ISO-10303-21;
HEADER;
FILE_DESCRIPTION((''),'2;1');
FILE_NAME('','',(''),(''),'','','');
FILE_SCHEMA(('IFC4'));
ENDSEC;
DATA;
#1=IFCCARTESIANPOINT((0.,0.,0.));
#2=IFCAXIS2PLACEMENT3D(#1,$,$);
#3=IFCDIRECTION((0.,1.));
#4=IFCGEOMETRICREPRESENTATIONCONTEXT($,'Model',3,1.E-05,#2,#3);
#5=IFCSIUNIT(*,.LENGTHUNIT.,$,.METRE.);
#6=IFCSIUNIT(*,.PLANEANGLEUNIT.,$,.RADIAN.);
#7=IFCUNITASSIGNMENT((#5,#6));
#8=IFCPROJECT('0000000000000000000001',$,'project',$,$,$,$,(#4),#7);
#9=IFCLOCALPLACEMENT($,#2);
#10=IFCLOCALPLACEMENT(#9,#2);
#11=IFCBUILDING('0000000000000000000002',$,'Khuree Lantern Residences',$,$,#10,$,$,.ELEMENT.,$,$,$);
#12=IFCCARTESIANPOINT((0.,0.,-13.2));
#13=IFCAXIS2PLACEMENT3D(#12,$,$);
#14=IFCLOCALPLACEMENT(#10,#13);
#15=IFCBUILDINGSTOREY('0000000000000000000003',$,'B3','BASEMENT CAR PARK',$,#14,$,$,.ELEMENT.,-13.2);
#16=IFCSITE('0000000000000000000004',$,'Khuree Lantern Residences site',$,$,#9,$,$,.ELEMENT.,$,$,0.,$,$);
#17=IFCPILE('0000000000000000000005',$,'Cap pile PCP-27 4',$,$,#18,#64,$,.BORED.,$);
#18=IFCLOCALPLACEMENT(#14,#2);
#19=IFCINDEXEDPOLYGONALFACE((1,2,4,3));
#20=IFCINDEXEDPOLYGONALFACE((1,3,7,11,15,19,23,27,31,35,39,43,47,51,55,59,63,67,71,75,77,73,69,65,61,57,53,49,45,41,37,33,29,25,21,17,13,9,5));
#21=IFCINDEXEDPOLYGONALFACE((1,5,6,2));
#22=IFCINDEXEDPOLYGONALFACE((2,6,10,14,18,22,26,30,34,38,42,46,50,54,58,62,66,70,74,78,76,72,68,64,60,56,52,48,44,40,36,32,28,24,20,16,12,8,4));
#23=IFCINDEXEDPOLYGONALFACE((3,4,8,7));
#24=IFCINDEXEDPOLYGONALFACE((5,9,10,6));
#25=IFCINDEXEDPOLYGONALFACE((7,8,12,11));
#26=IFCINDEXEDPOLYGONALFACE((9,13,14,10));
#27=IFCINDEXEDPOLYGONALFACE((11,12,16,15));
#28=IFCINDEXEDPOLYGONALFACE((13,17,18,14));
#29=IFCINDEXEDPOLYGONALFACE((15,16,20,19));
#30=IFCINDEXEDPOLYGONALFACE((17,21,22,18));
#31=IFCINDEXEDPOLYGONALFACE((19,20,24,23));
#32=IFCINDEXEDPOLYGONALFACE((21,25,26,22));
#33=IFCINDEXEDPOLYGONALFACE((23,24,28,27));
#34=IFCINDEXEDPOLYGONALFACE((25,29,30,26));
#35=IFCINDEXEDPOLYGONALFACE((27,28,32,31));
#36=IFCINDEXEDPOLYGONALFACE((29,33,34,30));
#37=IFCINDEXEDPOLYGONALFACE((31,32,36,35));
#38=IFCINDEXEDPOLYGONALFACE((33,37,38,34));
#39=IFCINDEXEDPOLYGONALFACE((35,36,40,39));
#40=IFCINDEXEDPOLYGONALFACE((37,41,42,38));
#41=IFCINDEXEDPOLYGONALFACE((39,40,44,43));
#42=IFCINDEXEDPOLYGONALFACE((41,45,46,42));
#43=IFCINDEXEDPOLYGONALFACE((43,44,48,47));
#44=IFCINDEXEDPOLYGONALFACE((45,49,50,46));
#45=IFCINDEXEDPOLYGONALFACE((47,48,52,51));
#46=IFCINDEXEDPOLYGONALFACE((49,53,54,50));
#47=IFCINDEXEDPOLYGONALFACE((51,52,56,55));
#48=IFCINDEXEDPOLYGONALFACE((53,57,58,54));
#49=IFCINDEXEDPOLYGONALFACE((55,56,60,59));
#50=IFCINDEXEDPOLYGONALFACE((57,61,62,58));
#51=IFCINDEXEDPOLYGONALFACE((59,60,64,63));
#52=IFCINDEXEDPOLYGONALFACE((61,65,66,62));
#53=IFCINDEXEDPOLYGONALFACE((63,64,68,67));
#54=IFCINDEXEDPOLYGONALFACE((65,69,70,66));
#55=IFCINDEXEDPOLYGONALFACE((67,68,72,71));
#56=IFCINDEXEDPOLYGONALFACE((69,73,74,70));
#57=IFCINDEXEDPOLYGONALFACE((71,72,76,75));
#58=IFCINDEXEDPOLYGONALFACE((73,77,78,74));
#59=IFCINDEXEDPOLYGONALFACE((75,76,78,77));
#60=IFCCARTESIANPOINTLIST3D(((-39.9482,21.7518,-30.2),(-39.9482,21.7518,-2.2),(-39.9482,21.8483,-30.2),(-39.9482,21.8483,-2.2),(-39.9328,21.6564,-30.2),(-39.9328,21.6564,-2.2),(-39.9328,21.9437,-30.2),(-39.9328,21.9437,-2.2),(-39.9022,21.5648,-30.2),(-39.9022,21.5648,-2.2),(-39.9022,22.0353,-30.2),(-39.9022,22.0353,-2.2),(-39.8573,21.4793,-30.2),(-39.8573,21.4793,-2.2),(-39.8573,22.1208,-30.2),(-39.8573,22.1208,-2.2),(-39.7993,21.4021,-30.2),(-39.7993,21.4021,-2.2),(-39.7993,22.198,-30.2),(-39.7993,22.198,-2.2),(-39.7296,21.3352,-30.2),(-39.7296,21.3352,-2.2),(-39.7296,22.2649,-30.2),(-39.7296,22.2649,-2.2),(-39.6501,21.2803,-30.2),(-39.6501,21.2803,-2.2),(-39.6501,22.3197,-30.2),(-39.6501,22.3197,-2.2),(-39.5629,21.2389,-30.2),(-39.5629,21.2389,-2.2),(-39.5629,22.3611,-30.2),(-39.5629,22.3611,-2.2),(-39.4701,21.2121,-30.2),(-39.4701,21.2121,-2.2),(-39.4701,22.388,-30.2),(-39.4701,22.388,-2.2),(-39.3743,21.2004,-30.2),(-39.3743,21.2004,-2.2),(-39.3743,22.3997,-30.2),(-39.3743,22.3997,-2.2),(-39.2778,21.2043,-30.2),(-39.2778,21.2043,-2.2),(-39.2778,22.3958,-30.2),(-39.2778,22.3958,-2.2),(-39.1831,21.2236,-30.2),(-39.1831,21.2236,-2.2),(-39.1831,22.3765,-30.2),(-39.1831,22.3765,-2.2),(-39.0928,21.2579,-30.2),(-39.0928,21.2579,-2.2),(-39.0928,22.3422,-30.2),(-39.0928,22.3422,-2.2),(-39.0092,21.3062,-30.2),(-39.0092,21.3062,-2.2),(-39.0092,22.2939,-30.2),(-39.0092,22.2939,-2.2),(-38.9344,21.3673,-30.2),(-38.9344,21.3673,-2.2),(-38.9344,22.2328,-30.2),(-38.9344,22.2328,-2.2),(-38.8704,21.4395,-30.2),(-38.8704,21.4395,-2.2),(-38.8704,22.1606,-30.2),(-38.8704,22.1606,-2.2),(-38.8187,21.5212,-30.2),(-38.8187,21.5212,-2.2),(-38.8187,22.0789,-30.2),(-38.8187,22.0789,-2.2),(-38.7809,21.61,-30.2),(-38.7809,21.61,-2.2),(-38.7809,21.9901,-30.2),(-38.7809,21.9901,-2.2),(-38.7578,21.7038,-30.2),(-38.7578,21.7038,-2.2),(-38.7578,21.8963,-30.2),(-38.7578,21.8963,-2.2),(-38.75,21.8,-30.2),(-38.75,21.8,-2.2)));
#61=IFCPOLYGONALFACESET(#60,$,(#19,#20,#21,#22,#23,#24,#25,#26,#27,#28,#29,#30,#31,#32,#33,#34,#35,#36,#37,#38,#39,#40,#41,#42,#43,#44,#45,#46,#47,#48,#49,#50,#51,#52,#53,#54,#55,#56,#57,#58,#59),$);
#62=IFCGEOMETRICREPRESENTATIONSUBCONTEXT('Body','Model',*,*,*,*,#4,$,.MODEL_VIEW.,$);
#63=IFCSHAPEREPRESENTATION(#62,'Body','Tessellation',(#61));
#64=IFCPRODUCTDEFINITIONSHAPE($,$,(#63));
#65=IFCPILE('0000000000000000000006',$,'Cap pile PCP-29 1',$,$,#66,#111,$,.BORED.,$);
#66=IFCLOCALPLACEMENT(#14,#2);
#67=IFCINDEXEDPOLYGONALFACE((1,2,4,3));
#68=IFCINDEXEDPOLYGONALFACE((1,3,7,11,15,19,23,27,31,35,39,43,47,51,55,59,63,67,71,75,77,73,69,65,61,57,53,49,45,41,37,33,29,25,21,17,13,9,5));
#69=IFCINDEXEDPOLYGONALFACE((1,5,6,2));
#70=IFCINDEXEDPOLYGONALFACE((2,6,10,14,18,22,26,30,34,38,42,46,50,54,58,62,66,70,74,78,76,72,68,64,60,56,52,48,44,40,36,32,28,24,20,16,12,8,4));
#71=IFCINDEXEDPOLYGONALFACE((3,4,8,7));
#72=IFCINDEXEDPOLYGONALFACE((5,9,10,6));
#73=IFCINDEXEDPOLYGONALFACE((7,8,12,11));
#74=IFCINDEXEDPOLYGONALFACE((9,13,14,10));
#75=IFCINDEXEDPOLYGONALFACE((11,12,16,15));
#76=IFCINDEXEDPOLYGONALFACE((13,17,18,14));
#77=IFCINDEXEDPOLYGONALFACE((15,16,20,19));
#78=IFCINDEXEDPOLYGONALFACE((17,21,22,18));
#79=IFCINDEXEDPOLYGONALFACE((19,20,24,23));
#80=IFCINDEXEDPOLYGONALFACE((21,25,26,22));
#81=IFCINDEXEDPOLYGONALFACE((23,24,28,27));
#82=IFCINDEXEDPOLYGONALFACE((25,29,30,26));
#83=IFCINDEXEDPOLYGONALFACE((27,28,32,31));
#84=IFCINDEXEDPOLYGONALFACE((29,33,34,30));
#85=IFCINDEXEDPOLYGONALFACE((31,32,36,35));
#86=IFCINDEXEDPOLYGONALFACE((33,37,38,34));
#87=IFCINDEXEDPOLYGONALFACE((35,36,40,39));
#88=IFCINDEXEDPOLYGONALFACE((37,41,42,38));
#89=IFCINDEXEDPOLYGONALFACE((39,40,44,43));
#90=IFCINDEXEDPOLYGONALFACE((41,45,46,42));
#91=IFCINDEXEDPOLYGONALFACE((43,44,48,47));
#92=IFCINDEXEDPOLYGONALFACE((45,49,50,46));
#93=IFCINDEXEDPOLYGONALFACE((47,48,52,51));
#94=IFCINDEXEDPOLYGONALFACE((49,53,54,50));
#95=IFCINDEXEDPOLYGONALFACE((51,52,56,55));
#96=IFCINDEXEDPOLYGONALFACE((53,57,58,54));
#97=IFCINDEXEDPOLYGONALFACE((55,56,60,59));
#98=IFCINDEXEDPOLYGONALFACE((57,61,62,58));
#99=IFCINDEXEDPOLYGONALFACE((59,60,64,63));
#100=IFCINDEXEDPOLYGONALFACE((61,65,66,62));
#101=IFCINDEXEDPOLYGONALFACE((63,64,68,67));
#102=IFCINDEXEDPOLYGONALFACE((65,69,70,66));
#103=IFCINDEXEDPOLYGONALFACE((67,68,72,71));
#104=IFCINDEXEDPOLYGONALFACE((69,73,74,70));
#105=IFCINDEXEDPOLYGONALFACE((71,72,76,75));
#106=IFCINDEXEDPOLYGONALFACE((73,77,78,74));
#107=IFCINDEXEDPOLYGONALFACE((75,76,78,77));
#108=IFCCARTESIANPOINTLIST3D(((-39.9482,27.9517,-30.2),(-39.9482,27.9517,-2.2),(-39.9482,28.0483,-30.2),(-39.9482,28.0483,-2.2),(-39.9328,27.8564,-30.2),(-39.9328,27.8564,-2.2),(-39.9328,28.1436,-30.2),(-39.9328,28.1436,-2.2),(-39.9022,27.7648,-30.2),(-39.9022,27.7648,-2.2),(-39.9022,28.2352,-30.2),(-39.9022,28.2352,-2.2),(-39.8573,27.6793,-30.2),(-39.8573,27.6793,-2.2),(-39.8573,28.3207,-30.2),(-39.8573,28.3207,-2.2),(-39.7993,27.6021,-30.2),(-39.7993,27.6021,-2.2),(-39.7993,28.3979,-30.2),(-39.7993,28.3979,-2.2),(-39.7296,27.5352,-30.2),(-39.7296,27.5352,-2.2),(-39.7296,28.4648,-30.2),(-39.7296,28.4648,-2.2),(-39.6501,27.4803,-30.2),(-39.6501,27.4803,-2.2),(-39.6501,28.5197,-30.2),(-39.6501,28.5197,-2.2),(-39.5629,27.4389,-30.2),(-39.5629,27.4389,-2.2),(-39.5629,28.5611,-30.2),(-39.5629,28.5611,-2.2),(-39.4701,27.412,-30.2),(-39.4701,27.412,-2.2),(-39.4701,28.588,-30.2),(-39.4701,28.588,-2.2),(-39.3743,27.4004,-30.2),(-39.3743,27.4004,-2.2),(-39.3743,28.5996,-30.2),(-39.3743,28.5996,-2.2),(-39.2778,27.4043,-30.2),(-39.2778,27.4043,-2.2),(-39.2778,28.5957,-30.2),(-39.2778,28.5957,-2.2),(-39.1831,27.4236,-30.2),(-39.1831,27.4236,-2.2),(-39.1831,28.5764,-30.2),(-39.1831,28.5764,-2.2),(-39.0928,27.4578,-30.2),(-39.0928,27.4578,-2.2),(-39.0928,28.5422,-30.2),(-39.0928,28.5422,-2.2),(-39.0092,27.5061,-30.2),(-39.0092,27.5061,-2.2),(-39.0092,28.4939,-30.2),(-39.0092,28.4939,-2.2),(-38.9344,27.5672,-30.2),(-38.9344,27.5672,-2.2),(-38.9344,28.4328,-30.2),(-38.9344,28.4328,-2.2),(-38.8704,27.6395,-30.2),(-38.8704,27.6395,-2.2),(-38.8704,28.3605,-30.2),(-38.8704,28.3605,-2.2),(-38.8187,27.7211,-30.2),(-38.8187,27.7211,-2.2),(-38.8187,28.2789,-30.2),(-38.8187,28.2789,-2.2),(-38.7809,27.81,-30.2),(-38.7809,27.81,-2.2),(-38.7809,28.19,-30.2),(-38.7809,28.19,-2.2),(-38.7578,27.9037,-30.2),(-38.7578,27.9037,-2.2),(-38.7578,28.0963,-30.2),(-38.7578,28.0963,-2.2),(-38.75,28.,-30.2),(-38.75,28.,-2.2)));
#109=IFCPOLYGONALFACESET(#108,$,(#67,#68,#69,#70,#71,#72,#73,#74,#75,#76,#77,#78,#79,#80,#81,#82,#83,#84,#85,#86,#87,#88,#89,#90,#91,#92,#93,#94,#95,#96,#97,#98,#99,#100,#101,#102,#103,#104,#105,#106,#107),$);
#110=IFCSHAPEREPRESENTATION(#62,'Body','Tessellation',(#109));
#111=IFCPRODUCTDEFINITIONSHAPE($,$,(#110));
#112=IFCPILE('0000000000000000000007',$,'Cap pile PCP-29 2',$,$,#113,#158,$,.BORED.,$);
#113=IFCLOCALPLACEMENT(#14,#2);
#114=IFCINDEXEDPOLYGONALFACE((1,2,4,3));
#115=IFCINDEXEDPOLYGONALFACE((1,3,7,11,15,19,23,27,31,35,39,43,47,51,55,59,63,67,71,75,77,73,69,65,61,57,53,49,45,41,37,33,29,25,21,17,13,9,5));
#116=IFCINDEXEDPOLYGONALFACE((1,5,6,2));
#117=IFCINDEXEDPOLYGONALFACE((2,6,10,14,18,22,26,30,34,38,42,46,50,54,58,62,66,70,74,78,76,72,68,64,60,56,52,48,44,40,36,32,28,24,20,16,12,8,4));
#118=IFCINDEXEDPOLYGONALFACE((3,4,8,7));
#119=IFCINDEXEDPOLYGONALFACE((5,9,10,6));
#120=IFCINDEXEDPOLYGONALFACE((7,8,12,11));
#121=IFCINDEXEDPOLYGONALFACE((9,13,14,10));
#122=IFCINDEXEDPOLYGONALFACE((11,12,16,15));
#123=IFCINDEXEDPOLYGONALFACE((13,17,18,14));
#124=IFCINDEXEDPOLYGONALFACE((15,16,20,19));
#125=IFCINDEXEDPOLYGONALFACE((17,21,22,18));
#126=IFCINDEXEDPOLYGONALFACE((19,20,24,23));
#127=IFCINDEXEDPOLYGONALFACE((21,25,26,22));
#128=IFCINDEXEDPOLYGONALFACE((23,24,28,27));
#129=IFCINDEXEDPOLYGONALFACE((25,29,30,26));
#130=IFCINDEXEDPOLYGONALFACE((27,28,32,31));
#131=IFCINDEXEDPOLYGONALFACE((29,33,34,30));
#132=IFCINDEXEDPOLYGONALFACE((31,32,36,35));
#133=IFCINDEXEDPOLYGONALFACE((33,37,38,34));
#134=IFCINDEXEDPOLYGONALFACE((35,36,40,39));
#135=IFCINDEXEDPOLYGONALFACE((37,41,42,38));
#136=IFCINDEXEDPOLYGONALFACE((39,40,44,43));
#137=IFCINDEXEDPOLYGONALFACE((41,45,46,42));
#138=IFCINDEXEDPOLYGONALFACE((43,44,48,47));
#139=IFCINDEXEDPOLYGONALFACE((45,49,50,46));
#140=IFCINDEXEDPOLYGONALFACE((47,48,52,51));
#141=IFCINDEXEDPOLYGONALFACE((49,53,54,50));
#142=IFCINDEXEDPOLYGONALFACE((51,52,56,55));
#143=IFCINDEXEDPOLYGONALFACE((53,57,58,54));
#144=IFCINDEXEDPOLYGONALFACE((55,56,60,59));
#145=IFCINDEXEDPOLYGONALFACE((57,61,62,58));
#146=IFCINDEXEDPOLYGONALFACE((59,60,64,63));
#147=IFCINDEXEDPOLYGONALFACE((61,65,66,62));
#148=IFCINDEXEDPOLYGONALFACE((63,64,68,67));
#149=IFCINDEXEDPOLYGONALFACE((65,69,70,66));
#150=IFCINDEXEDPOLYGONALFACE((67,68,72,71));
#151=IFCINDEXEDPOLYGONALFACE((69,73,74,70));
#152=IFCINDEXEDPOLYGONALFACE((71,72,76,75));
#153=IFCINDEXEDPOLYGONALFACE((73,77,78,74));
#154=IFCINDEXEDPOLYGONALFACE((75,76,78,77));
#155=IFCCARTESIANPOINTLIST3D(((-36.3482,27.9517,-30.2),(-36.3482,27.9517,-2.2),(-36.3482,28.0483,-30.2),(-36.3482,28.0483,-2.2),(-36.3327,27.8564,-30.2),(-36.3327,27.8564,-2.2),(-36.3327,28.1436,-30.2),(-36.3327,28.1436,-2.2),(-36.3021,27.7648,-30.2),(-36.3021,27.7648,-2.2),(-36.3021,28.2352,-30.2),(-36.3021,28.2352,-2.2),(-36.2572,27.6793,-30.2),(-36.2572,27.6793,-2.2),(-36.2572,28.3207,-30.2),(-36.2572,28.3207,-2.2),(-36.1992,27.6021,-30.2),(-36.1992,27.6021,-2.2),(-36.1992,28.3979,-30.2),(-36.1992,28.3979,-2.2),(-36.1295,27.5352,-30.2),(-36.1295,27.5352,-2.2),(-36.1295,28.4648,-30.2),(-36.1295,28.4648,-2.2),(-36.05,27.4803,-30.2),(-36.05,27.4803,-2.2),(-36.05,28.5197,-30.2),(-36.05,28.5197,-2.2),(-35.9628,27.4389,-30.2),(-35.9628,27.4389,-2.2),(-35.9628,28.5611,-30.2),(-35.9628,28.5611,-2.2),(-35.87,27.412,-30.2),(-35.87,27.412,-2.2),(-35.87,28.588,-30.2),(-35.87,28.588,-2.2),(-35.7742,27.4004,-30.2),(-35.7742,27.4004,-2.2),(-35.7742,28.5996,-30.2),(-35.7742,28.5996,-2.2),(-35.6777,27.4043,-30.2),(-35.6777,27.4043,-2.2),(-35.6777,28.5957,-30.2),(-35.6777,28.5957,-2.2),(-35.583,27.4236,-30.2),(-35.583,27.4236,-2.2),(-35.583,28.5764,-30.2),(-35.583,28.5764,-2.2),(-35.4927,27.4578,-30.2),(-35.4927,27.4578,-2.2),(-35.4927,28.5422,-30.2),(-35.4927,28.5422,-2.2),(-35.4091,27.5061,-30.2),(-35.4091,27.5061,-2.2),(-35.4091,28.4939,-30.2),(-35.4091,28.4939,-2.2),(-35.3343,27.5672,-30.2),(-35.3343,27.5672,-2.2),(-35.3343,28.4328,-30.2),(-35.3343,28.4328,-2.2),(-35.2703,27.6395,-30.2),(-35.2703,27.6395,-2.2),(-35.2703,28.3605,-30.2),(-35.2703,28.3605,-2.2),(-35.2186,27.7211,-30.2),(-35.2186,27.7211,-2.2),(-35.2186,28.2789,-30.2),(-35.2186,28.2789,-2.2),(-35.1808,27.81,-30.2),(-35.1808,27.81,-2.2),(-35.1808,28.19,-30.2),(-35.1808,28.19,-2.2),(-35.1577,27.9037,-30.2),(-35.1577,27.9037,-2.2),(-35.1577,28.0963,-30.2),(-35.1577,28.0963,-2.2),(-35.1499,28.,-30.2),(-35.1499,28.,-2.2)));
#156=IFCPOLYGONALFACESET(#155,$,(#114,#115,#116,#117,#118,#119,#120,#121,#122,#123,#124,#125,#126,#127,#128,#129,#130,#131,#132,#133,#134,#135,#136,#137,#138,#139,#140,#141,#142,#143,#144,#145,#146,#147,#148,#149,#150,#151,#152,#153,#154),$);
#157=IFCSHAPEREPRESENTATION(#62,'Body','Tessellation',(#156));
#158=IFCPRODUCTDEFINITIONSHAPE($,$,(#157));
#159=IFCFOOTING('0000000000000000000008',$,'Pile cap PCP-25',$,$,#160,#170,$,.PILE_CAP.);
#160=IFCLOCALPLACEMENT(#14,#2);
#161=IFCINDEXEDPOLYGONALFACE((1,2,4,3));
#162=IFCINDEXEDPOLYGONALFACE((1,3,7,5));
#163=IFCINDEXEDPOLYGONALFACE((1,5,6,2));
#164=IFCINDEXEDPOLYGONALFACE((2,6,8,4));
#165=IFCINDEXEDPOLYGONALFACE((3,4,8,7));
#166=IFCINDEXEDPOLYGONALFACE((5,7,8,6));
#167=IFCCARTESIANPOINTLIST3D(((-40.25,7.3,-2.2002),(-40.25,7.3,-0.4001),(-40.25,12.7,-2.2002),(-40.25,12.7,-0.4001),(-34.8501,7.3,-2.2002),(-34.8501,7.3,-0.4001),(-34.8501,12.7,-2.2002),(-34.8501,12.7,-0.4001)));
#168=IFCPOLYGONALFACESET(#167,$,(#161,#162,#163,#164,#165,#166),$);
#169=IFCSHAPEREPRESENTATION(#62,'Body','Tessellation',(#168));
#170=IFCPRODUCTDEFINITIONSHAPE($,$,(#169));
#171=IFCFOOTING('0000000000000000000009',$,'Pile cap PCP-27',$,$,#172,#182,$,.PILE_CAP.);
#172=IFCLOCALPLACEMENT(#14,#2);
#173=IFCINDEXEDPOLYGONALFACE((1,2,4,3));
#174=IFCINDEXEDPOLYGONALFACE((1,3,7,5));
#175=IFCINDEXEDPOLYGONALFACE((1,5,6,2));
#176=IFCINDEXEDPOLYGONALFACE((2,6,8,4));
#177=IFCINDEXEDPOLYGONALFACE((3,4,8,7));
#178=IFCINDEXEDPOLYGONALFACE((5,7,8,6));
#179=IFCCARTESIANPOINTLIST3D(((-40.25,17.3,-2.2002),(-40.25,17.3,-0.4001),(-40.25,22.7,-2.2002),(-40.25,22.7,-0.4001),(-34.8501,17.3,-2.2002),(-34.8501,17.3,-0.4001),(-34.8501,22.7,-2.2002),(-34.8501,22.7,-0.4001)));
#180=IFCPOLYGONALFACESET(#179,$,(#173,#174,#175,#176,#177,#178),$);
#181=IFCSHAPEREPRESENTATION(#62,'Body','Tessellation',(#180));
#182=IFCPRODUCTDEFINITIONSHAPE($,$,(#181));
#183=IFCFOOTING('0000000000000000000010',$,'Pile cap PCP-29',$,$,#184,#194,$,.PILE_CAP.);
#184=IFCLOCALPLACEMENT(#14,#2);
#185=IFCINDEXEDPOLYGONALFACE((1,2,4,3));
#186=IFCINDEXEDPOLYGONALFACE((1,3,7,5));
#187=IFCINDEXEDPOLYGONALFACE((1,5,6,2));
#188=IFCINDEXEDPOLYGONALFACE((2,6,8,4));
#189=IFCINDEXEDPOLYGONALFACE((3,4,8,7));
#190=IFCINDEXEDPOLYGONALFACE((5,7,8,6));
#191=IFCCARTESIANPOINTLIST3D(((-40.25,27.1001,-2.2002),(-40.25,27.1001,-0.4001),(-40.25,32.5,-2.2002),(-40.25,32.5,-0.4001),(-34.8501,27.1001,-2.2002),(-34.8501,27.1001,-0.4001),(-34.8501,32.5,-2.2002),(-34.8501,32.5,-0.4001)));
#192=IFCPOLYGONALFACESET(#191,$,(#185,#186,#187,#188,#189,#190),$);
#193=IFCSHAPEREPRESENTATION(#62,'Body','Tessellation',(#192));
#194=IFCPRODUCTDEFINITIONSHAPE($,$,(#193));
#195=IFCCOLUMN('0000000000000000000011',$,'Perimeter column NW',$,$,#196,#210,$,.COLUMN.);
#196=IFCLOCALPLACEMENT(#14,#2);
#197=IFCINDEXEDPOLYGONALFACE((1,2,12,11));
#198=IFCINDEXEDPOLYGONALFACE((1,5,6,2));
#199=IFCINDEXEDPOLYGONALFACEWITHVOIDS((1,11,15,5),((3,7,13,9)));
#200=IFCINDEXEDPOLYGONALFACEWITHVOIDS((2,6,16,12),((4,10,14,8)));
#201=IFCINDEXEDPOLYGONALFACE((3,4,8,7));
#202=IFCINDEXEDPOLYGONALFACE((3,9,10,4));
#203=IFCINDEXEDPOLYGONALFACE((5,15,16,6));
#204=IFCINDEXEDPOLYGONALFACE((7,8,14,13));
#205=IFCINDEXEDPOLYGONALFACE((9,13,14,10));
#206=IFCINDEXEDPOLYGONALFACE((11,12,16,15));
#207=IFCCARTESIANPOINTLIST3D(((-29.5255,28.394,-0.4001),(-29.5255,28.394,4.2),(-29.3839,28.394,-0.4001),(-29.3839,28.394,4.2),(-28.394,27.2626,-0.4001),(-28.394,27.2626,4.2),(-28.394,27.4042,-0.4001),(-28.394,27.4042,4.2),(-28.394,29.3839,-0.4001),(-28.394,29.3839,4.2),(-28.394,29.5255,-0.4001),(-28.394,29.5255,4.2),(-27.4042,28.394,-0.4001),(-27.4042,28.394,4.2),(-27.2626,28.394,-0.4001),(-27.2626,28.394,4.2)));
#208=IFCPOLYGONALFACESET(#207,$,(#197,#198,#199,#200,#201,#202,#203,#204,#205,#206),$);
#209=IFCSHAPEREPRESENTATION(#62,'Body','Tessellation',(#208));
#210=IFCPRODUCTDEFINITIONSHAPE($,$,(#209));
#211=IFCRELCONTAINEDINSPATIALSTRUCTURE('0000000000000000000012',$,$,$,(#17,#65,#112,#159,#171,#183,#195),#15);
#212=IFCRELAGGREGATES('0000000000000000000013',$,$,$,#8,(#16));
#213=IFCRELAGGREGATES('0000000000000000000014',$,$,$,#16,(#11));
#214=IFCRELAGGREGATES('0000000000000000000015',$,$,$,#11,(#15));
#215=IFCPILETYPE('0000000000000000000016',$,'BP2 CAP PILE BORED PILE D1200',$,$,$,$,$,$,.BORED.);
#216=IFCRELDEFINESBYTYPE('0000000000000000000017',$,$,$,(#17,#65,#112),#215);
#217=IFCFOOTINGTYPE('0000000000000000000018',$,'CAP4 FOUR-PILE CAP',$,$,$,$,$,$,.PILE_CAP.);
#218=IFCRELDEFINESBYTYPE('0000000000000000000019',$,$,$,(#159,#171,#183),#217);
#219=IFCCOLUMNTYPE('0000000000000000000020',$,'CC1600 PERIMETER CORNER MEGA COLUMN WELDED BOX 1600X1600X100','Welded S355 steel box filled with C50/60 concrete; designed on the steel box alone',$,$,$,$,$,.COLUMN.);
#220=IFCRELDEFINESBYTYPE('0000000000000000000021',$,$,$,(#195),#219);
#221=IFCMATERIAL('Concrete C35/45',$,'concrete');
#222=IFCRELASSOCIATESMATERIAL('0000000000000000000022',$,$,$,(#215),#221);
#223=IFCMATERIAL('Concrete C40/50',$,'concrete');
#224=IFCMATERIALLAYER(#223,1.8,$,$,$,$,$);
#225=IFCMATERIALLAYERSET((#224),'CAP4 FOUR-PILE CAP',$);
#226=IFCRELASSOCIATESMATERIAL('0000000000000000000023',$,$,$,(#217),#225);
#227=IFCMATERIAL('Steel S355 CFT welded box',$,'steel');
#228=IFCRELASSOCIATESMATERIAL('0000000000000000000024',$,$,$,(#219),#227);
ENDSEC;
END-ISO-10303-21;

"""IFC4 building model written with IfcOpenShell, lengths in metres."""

from ifc_helpers import new_model, si_unit, direction, frame, origin, origin_2d, place, context, subcontext, project, spatial, rectangle, hollow_rectangle, circle, extrude, material, layer, layer_set, material_profile, profile_set, type_object, element, save


model = new_model("IFC4")

# Units and contexts
model_context = context("Model", 3, precision=1e-05, world=origin(), true_north=direction((0.0, 1.0)))
body_context = subcontext(model_context, "Body", "Model", "MODEL_VIEW")
ifc_project = project(units=[si_unit("LENGTHUNIT", "METRE"), si_unit("PLANEANGLEUNIT", "RADIAN")], contexts=[model_context])

# Site, building, storey
site_placement = place(None, origin())
site = spatial("IfcSite", under=ifc_project, at=site_placement, Name="Khuree Lantern Residences site", CompositionType="ELEMENT", RefElevation=0.0)
building_placement = place(site_placement, origin())
building = spatial("IfcBuilding", under=site, at=building_placement, Name="Khuree Lantern Residences", CompositionType="ELEMENT")
storey_placement = place(building_placement, frame((0.0, 0.0, -13.2)))
storey = spatial("IfcBuildingStorey", under=building, at=storey_placement, Name="B3", Description="BASEMENT CAR PARK", CompositionType="ELEMENT", Elevation=-13.2)

# Piles
ifc_material_1 = material(Name="Concrete C35/45", Category="concrete")
ifc_material_profile_1 = material_profile(ifc_material_1, circle(Radius=0.6001, at=origin_2d()), Name="BORED PILE D1200")
ifc_profile_set_1 = profile_set([ifc_material_profile_1], Name="Concrete C35/45")
pile_type_1 = type_object("IfcPileType", Name="BP2 CAP PILE BORED PILE D1200", PredefinedType="BORED", material=ifc_profile_set_1)
for number, where, z_axis, x_axis, name in (
    (1, (-39.3501, 21.8, -2.2), (0.0, 0.0, -1.0), (1.0, 0.0, 0.0), "Cap pile PCP-27 4"),
    (2, (-39.3501, 28.0, -2.2), (0.0, 0.0, -1.0), (1.0, 0.0, 0.0), "Cap pile PCP-29 1"),
    (3, (-35.75, 28.0, -2.2), (0.0, 0.0, -1.0), (1.0, 0.0, 0.0), "Cap pile PCP-29 2"),
):
    element("IfcPile", number, at=place(storey_placement, frame(where, z_axis=z_axis, x_axis=x_axis)), inside=storey, type_object=pile_type_1, Name=name, PredefinedType="BORED", context=body_context, shape_type="SweptSolid", body=[
        extrude(circle(Radius=0.6001, at=origin_2d()), origin(), (0.0, 0.0, 1.0), 28.0),
    ])

# Footings
ifc_material_2 = material(Name="Concrete C40/50", Category="concrete")
ifc_layer_1 = layer(ifc_material_2, 1.8)
ifc_layer_set_1 = layer_set([ifc_layer_1], Name="CAP4 FOUR-PILE CAP")
footing_type = type_object("IfcFootingType", Name="CAP4 FOUR-PILE CAP", PredefinedType="PILE_CAP", material=ifc_layer_set_1)
for number, where, z_axis, x_axis, name in (
    (4, (-37.55, 10.0, -2.2002), (0.0, 0.0, 1.0), (1.0, 0.0, 0.0), "Pile cap PCP-25"),
    (5, (-37.55, 20.0, -2.2002), (0.0, 0.0, 1.0), (1.0, 0.0, 0.0), "Pile cap PCP-27"),
    (6, (-37.55, 29.8, -2.2002), (0.0, 0.0, 1.0), (1.0, 0.0, 0.0), "Pile cap PCP-29"),
):
    element("IfcFooting", number, at=place(storey_placement, frame(where, z_axis=z_axis, x_axis=x_axis)), inside=storey, type_object=footing_type, Name=name, PredefinedType="PILE_CAP", context=body_context, shape_type="SweptSolid", body=[
        extrude(rectangle(XDim=5.3999, YDim=5.3999, at=origin_2d()), origin(), (0.0, 0.0, 1.0), 1.8),
    ])

# Column
ifc_material_3 = material(Name="Steel S355 CFT welded box", Category="steel")
ifc_material_profile_2 = material_profile(ifc_material_3, hollow_rectangle(XDim=1.6001, YDim=1.6001, WallThickness=0.1001, at=origin_2d()), Name="WELDED BOX 1600X1600X100")
ifc_profile_set_2 = profile_set([ifc_material_profile_2], Name="Steel S355 CFT welded box")
column_type_1 = type_object("IfcColumnType", Name="CC1600 PERIMETER CORNER MEGA COLUMN WELDED BOX 1600X1600X100", Description="Welded S355 steel box filled with C50/60 concrete; designed on the steel box alone", PredefinedType="COLUMN", material=ifc_profile_set_2)
column_placement = place(storey_placement, frame((-28.394, 28.394, -0.4001), z_axis=(0.0, 0.0, 1.0), x_axis=(0.707107, 0.707107, 0.0)))
element("IfcColumn", 7, at=column_placement, inside=storey, type_object=column_type_1, Name="Perimeter column NW", PredefinedType="COLUMN", context=body_context, shape_type="SweptSolid", body=[
    extrude(hollow_rectangle(XDim=1.6001, YDim=1.6001, WallThickness=0.1001, at=origin_2d()), origin(), (0.0, 0.0, 1.0), 4.6001),
])

save(model, "model.ifc")
